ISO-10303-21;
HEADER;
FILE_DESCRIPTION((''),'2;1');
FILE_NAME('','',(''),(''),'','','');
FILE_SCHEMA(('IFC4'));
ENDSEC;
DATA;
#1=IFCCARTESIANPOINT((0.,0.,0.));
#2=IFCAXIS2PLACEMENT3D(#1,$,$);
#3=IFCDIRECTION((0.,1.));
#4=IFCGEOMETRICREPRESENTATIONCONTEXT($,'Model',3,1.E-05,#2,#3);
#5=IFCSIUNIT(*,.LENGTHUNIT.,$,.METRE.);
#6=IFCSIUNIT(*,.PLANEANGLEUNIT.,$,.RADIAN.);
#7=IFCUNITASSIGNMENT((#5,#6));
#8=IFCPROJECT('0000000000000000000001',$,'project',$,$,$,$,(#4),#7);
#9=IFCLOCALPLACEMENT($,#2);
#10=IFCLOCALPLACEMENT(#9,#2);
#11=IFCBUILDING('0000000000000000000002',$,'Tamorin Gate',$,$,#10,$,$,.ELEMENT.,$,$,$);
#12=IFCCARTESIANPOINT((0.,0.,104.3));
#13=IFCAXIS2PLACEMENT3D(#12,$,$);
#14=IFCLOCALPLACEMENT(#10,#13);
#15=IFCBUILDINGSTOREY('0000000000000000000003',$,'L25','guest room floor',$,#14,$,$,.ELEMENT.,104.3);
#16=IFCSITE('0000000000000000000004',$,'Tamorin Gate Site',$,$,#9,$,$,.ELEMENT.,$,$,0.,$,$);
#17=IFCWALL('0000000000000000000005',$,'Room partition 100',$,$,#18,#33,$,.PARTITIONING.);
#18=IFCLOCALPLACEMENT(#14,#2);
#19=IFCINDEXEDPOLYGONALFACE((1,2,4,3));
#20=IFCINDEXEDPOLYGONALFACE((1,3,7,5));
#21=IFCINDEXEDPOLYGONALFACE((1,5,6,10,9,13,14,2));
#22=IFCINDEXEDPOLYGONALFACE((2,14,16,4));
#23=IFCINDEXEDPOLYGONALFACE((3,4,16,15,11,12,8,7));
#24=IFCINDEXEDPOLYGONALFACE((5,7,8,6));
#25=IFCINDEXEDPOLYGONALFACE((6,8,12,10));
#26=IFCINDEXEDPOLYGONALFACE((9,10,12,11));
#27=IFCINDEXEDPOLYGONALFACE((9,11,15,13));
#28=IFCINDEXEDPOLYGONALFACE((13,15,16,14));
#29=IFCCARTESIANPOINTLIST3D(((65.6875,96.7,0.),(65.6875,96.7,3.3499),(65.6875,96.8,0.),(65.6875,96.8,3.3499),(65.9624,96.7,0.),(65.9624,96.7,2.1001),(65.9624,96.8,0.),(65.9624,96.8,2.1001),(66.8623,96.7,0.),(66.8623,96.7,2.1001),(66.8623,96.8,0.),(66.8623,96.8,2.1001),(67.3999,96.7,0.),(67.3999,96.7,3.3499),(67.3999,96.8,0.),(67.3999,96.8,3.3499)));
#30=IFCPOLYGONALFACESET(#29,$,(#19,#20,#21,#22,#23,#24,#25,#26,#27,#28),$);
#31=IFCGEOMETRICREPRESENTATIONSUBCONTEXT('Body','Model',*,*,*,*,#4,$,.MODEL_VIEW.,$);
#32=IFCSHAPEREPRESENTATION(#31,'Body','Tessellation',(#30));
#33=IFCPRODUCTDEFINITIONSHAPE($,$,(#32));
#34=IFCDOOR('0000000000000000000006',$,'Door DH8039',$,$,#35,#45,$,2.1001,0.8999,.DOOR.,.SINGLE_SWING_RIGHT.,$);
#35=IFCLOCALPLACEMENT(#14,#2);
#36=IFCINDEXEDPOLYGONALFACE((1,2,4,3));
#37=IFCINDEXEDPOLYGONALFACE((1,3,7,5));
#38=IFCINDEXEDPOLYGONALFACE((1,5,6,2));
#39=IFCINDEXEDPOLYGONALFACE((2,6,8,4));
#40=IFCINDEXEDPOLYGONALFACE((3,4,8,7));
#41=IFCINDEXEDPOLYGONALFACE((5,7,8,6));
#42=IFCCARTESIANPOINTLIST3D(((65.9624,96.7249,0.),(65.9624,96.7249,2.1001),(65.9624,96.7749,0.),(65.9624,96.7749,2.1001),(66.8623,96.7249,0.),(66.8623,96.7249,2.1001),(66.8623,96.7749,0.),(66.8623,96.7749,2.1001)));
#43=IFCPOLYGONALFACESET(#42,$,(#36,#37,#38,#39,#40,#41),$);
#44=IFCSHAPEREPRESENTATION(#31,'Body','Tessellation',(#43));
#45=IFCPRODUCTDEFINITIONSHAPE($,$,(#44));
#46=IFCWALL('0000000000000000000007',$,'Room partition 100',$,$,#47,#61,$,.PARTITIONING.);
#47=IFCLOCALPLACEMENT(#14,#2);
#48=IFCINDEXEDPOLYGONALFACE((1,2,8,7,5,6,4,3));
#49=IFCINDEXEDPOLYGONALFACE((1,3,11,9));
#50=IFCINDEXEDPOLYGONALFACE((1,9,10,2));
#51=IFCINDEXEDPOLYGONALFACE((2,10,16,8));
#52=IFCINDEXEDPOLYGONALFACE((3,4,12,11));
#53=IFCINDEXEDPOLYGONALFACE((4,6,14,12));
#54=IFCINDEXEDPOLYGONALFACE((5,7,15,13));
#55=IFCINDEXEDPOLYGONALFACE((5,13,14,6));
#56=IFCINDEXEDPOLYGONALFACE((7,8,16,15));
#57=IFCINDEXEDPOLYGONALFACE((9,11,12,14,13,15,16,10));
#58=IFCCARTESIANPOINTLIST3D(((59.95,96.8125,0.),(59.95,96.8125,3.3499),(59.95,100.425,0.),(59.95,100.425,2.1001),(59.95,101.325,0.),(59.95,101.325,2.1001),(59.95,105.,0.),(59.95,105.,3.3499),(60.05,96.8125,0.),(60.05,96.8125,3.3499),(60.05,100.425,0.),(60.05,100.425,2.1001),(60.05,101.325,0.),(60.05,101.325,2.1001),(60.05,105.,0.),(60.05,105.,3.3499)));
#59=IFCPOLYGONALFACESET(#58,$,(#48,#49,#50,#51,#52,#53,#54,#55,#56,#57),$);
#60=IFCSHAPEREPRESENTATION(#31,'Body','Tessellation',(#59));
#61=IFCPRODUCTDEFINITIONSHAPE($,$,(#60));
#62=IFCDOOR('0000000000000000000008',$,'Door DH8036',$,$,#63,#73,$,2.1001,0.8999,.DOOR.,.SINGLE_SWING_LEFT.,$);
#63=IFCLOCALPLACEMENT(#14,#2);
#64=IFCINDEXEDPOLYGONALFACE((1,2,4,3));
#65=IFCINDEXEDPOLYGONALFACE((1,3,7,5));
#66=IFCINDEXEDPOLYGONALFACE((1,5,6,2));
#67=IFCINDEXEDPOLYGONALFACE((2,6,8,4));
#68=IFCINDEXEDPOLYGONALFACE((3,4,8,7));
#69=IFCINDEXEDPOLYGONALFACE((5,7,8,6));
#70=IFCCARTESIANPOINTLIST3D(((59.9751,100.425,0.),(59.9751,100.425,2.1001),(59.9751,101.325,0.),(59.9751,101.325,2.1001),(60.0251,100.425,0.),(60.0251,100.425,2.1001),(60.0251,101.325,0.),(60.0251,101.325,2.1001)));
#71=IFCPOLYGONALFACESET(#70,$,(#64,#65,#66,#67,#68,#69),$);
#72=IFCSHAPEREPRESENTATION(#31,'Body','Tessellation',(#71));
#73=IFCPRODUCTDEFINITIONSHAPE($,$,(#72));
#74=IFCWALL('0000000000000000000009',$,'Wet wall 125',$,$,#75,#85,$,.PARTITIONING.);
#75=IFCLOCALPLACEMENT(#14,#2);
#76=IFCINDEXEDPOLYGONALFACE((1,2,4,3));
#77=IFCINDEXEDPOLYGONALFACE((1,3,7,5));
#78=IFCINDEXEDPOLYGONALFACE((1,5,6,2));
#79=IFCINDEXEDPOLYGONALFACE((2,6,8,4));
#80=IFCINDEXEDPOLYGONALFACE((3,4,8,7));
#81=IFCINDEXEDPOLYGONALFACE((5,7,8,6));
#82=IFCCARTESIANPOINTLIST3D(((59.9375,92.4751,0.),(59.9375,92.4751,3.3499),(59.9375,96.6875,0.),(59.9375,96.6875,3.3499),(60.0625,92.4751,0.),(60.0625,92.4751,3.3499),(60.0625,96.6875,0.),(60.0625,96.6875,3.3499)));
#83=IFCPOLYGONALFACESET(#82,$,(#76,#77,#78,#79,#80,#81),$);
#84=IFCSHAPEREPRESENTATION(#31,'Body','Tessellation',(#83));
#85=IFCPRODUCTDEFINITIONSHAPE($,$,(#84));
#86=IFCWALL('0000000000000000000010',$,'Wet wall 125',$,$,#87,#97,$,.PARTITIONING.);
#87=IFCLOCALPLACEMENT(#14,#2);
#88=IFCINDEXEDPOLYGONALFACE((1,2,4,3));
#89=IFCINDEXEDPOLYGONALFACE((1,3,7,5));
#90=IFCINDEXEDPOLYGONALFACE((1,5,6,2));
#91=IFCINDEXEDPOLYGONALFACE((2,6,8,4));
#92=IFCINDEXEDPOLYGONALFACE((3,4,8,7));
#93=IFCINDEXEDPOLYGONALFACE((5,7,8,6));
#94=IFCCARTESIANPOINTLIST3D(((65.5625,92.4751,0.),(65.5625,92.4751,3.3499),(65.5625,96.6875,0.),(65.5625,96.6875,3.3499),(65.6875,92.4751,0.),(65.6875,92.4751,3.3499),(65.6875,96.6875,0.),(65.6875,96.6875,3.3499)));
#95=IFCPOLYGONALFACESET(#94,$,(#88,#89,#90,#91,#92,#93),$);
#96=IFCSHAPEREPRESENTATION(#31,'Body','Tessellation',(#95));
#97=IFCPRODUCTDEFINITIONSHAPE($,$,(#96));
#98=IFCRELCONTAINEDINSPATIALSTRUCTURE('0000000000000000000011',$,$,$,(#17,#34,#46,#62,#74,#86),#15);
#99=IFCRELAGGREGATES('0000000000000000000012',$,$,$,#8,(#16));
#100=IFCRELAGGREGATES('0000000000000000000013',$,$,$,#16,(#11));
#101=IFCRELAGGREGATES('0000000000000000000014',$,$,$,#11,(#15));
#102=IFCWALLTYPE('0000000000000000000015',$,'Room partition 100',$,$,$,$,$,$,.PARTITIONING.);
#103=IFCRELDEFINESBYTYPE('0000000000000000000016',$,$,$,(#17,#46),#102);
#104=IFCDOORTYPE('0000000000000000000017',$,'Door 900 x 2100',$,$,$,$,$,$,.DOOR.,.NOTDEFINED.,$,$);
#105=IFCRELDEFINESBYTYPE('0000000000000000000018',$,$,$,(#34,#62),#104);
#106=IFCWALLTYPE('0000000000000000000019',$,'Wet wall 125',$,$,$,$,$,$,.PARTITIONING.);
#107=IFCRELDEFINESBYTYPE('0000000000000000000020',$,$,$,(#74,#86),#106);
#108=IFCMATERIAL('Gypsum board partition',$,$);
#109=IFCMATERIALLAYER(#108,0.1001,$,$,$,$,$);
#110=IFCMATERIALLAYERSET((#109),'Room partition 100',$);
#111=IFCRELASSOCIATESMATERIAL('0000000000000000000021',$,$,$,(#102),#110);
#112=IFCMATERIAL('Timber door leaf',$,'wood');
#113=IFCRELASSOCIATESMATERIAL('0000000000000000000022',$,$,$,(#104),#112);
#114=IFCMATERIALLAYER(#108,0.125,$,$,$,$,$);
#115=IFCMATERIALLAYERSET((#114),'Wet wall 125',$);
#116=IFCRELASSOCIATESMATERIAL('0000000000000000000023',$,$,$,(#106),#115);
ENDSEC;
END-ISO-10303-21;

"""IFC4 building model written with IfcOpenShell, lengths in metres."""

from ifc_helpers import new_model, si_unit, direction, frame, frame_2d, origin, place, context, subcontext, project, spatial, rectangle, extrude, material, layer, layer_set, type_object, element, fill, save


model = new_model("IFC4")

# Units and contexts
model_context = context("Model", 3, precision=1e-05, world=origin(), true_north=direction((0.0, 1.0)))
body_context = subcontext(model_context, "Body", "Model", "MODEL_VIEW")
ifc_project = project(units=[si_unit("LENGTHUNIT", "METRE"), si_unit("PLANEANGLEUNIT", "RADIAN")], contexts=[model_context])

# Site, building, storey
site_placement = place(None, origin())
site = spatial("IfcSite", under=ifc_project, at=site_placement, Name="Tamorin Gate Site", CompositionType="ELEMENT", RefElevation=0.0)
building_placement = place(site_placement, origin())
building = spatial("IfcBuilding", under=site, at=building_placement, Name="Tamorin Gate", CompositionType="ELEMENT")
storey_placement = place(building_placement, frame((0.0, 0.0, 104.3)))
storey = spatial("IfcBuildingStorey", under=building, at=storey_placement, Name="L25", Description="guest room floor", CompositionType="ELEMENT", Elevation=104.3)

# Shared definitions
ifc_material_1 = material(Name="Gypsum board partition")

# Walls, openings, doors
ifc_layer_1 = layer(ifc_material_1, 0.1001)
ifc_layer_set_1 = layer_set([ifc_layer_1], Name="Room partition 100")
wall_type_1 = type_object("IfcWallType", Name="Room partition 100", PredefinedType="PARTITIONING", material=ifc_layer_set_1)
wall_1_placement = place(storey_placement, frame((65.6875, 96.75, 0.0), z_axis=(0.0, 0.0, 1.0), x_axis=(1.0, 0.0, 0.0)))
wall_1 = element("IfcWall", 1, at=wall_1_placement, inside=storey, type_object=wall_type_1, Name="Room partition 100", PredefinedType="PARTITIONING", context=body_context, shape_type="SweptSolid", body=[
    extrude(rectangle(XDim=1.7124, YDim=0.1001, at=frame_2d((0.8562, 0.0))), origin(), (0.0, 0.0, 1.0), 3.3499),
])
opening_1_placement = place(wall_1_placement, frame((0.2749, 0.0, 0.0)))
opening_1 = element("IfcOpeningElement", 2, at=opening_1_placement, cuts=wall_1, PredefinedType="OPENING", context=body_context, shape_type="SweptSolid", body=[
    extrude(rectangle(XDim=0.8999, YDim=2.1001, at=frame_2d((0.45, 1.05))), frame((0.0, 0.0601, 0.0), z_axis=(0.0, -1.0, 0.0), x_axis=(1.0, 0.0, 0.0)), (0.0, 0.0, 1.0), 0.1201),
])
ifc_material_2 = material(Name="Timber door leaf", Category="wood")
door_type = type_object("IfcDoorType", Name="Door 900 x 2100", OperationType="NOTDEFINED", PredefinedType="DOOR", material=ifc_material_2)
door_1_placement = place(opening_1_placement, origin())
door_1 = element("IfcDoor", 3, at=door_1_placement, inside=storey, type_object=door_type, Name="Door DH8039", OperationType="SINGLE_SWING_RIGHT", OverallHeight=2.1001, OverallWidth=0.8999, PredefinedType="DOOR", context=body_context, shape_type="SweptSolid", body=[
    extrude(rectangle(XDim=0.8999, YDim=2.1001, at=frame_2d((0.45, 1.05))), frame((0.0, 0.0249, 0.0), z_axis=(0.0, -1.0, 0.0), x_axis=(1.0, 0.0, 0.0)), (0.0, 0.0, 1.0), 0.05),
])
fill(opening_1, door_1)
wall_2_placement = place(storey_placement, frame((60.0, 96.8125, 0.0), z_axis=(0.0, 0.0, 1.0), x_axis=(0.0, 1.0, 0.0)))
wall_2 = element("IfcWall", 4, at=wall_2_placement, inside=storey, type_object=wall_type_1, Name="Room partition 100", PredefinedType="PARTITIONING", context=body_context, shape_type="SweptSolid", body=[
    extrude(rectangle(XDim=8.1875, YDim=0.1001, at=frame_2d((4.0938, 0.0))), origin(), (0.0, 0.0, 1.0), 3.3499),
])
opening_2_placement = place(wall_2_placement, frame((3.6125, 0.0, 0.0)))
opening_2 = element("IfcOpeningElement", 5, at=opening_2_placement, cuts=wall_2, PredefinedType="OPENING", context=body_context, shape_type="SweptSolid", body=[
    extrude(rectangle(XDim=0.8999, YDim=2.1001, at=frame_2d((0.45, 1.05))), frame((0.0, 0.0601, 0.0), z_axis=(0.0, -1.0, 0.0), x_axis=(1.0, 0.0, 0.0)), (0.0, 0.0, 1.0), 0.1201),
])
door_2_placement = place(opening_2_placement, origin())
door_2 = element("IfcDoor", 6, at=door_2_placement, inside=storey, type_object=door_type, Name="Door DH8036", OperationType="SINGLE_SWING_LEFT", OverallHeight=2.1001, OverallWidth=0.8999, PredefinedType="DOOR", context=body_context, shape_type="SweptSolid", body=[
    extrude(rectangle(XDim=0.8999, YDim=2.1001, at=frame_2d((0.45, 1.05))), frame((0.0, 0.0249, 0.0), z_axis=(0.0, -1.0, 0.0), x_axis=(1.0, 0.0, 0.0)), (0.0, 0.0, 1.0), 0.05),
])
fill(opening_2, door_2)

# Walls
ifc_layer_2 = layer(ifc_material_1, 0.125)
ifc_layer_set_2 = layer_set([ifc_layer_2], Name="Wet wall 125")
wall_type_2 = type_object("IfcWallType", Name="Wet wall 125", PredefinedType="PARTITIONING", material=ifc_layer_set_2)
for number, where, z_axis, x_axis, name in (
    (7, (60.0, 92.4751, 0.0), (0.0, 0.0, 1.0), (0.0, 1.0, 0.0), "Wet wall 125"),
    (8, (65.625, 92.4751, 0.0), (0.0, 0.0, 1.0), (0.0, 1.0, 0.0), "Wet wall 125"),
):
    element("IfcWall", number, at=place(storey_placement, frame(where, z_axis=z_axis, x_axis=x_axis)), inside=storey, type_object=wall_type_2, Name=name, PredefinedType="PARTITIONING", context=body_context, shape_type="SweptSolid", body=[
        extrude(rectangle(XDim=4.2124, YDim=0.125, at=frame_2d((2.1062, 0.0))), origin(), (0.0, 0.0, 1.0), 3.3499),
    ])

save(model, "model.ifc")
